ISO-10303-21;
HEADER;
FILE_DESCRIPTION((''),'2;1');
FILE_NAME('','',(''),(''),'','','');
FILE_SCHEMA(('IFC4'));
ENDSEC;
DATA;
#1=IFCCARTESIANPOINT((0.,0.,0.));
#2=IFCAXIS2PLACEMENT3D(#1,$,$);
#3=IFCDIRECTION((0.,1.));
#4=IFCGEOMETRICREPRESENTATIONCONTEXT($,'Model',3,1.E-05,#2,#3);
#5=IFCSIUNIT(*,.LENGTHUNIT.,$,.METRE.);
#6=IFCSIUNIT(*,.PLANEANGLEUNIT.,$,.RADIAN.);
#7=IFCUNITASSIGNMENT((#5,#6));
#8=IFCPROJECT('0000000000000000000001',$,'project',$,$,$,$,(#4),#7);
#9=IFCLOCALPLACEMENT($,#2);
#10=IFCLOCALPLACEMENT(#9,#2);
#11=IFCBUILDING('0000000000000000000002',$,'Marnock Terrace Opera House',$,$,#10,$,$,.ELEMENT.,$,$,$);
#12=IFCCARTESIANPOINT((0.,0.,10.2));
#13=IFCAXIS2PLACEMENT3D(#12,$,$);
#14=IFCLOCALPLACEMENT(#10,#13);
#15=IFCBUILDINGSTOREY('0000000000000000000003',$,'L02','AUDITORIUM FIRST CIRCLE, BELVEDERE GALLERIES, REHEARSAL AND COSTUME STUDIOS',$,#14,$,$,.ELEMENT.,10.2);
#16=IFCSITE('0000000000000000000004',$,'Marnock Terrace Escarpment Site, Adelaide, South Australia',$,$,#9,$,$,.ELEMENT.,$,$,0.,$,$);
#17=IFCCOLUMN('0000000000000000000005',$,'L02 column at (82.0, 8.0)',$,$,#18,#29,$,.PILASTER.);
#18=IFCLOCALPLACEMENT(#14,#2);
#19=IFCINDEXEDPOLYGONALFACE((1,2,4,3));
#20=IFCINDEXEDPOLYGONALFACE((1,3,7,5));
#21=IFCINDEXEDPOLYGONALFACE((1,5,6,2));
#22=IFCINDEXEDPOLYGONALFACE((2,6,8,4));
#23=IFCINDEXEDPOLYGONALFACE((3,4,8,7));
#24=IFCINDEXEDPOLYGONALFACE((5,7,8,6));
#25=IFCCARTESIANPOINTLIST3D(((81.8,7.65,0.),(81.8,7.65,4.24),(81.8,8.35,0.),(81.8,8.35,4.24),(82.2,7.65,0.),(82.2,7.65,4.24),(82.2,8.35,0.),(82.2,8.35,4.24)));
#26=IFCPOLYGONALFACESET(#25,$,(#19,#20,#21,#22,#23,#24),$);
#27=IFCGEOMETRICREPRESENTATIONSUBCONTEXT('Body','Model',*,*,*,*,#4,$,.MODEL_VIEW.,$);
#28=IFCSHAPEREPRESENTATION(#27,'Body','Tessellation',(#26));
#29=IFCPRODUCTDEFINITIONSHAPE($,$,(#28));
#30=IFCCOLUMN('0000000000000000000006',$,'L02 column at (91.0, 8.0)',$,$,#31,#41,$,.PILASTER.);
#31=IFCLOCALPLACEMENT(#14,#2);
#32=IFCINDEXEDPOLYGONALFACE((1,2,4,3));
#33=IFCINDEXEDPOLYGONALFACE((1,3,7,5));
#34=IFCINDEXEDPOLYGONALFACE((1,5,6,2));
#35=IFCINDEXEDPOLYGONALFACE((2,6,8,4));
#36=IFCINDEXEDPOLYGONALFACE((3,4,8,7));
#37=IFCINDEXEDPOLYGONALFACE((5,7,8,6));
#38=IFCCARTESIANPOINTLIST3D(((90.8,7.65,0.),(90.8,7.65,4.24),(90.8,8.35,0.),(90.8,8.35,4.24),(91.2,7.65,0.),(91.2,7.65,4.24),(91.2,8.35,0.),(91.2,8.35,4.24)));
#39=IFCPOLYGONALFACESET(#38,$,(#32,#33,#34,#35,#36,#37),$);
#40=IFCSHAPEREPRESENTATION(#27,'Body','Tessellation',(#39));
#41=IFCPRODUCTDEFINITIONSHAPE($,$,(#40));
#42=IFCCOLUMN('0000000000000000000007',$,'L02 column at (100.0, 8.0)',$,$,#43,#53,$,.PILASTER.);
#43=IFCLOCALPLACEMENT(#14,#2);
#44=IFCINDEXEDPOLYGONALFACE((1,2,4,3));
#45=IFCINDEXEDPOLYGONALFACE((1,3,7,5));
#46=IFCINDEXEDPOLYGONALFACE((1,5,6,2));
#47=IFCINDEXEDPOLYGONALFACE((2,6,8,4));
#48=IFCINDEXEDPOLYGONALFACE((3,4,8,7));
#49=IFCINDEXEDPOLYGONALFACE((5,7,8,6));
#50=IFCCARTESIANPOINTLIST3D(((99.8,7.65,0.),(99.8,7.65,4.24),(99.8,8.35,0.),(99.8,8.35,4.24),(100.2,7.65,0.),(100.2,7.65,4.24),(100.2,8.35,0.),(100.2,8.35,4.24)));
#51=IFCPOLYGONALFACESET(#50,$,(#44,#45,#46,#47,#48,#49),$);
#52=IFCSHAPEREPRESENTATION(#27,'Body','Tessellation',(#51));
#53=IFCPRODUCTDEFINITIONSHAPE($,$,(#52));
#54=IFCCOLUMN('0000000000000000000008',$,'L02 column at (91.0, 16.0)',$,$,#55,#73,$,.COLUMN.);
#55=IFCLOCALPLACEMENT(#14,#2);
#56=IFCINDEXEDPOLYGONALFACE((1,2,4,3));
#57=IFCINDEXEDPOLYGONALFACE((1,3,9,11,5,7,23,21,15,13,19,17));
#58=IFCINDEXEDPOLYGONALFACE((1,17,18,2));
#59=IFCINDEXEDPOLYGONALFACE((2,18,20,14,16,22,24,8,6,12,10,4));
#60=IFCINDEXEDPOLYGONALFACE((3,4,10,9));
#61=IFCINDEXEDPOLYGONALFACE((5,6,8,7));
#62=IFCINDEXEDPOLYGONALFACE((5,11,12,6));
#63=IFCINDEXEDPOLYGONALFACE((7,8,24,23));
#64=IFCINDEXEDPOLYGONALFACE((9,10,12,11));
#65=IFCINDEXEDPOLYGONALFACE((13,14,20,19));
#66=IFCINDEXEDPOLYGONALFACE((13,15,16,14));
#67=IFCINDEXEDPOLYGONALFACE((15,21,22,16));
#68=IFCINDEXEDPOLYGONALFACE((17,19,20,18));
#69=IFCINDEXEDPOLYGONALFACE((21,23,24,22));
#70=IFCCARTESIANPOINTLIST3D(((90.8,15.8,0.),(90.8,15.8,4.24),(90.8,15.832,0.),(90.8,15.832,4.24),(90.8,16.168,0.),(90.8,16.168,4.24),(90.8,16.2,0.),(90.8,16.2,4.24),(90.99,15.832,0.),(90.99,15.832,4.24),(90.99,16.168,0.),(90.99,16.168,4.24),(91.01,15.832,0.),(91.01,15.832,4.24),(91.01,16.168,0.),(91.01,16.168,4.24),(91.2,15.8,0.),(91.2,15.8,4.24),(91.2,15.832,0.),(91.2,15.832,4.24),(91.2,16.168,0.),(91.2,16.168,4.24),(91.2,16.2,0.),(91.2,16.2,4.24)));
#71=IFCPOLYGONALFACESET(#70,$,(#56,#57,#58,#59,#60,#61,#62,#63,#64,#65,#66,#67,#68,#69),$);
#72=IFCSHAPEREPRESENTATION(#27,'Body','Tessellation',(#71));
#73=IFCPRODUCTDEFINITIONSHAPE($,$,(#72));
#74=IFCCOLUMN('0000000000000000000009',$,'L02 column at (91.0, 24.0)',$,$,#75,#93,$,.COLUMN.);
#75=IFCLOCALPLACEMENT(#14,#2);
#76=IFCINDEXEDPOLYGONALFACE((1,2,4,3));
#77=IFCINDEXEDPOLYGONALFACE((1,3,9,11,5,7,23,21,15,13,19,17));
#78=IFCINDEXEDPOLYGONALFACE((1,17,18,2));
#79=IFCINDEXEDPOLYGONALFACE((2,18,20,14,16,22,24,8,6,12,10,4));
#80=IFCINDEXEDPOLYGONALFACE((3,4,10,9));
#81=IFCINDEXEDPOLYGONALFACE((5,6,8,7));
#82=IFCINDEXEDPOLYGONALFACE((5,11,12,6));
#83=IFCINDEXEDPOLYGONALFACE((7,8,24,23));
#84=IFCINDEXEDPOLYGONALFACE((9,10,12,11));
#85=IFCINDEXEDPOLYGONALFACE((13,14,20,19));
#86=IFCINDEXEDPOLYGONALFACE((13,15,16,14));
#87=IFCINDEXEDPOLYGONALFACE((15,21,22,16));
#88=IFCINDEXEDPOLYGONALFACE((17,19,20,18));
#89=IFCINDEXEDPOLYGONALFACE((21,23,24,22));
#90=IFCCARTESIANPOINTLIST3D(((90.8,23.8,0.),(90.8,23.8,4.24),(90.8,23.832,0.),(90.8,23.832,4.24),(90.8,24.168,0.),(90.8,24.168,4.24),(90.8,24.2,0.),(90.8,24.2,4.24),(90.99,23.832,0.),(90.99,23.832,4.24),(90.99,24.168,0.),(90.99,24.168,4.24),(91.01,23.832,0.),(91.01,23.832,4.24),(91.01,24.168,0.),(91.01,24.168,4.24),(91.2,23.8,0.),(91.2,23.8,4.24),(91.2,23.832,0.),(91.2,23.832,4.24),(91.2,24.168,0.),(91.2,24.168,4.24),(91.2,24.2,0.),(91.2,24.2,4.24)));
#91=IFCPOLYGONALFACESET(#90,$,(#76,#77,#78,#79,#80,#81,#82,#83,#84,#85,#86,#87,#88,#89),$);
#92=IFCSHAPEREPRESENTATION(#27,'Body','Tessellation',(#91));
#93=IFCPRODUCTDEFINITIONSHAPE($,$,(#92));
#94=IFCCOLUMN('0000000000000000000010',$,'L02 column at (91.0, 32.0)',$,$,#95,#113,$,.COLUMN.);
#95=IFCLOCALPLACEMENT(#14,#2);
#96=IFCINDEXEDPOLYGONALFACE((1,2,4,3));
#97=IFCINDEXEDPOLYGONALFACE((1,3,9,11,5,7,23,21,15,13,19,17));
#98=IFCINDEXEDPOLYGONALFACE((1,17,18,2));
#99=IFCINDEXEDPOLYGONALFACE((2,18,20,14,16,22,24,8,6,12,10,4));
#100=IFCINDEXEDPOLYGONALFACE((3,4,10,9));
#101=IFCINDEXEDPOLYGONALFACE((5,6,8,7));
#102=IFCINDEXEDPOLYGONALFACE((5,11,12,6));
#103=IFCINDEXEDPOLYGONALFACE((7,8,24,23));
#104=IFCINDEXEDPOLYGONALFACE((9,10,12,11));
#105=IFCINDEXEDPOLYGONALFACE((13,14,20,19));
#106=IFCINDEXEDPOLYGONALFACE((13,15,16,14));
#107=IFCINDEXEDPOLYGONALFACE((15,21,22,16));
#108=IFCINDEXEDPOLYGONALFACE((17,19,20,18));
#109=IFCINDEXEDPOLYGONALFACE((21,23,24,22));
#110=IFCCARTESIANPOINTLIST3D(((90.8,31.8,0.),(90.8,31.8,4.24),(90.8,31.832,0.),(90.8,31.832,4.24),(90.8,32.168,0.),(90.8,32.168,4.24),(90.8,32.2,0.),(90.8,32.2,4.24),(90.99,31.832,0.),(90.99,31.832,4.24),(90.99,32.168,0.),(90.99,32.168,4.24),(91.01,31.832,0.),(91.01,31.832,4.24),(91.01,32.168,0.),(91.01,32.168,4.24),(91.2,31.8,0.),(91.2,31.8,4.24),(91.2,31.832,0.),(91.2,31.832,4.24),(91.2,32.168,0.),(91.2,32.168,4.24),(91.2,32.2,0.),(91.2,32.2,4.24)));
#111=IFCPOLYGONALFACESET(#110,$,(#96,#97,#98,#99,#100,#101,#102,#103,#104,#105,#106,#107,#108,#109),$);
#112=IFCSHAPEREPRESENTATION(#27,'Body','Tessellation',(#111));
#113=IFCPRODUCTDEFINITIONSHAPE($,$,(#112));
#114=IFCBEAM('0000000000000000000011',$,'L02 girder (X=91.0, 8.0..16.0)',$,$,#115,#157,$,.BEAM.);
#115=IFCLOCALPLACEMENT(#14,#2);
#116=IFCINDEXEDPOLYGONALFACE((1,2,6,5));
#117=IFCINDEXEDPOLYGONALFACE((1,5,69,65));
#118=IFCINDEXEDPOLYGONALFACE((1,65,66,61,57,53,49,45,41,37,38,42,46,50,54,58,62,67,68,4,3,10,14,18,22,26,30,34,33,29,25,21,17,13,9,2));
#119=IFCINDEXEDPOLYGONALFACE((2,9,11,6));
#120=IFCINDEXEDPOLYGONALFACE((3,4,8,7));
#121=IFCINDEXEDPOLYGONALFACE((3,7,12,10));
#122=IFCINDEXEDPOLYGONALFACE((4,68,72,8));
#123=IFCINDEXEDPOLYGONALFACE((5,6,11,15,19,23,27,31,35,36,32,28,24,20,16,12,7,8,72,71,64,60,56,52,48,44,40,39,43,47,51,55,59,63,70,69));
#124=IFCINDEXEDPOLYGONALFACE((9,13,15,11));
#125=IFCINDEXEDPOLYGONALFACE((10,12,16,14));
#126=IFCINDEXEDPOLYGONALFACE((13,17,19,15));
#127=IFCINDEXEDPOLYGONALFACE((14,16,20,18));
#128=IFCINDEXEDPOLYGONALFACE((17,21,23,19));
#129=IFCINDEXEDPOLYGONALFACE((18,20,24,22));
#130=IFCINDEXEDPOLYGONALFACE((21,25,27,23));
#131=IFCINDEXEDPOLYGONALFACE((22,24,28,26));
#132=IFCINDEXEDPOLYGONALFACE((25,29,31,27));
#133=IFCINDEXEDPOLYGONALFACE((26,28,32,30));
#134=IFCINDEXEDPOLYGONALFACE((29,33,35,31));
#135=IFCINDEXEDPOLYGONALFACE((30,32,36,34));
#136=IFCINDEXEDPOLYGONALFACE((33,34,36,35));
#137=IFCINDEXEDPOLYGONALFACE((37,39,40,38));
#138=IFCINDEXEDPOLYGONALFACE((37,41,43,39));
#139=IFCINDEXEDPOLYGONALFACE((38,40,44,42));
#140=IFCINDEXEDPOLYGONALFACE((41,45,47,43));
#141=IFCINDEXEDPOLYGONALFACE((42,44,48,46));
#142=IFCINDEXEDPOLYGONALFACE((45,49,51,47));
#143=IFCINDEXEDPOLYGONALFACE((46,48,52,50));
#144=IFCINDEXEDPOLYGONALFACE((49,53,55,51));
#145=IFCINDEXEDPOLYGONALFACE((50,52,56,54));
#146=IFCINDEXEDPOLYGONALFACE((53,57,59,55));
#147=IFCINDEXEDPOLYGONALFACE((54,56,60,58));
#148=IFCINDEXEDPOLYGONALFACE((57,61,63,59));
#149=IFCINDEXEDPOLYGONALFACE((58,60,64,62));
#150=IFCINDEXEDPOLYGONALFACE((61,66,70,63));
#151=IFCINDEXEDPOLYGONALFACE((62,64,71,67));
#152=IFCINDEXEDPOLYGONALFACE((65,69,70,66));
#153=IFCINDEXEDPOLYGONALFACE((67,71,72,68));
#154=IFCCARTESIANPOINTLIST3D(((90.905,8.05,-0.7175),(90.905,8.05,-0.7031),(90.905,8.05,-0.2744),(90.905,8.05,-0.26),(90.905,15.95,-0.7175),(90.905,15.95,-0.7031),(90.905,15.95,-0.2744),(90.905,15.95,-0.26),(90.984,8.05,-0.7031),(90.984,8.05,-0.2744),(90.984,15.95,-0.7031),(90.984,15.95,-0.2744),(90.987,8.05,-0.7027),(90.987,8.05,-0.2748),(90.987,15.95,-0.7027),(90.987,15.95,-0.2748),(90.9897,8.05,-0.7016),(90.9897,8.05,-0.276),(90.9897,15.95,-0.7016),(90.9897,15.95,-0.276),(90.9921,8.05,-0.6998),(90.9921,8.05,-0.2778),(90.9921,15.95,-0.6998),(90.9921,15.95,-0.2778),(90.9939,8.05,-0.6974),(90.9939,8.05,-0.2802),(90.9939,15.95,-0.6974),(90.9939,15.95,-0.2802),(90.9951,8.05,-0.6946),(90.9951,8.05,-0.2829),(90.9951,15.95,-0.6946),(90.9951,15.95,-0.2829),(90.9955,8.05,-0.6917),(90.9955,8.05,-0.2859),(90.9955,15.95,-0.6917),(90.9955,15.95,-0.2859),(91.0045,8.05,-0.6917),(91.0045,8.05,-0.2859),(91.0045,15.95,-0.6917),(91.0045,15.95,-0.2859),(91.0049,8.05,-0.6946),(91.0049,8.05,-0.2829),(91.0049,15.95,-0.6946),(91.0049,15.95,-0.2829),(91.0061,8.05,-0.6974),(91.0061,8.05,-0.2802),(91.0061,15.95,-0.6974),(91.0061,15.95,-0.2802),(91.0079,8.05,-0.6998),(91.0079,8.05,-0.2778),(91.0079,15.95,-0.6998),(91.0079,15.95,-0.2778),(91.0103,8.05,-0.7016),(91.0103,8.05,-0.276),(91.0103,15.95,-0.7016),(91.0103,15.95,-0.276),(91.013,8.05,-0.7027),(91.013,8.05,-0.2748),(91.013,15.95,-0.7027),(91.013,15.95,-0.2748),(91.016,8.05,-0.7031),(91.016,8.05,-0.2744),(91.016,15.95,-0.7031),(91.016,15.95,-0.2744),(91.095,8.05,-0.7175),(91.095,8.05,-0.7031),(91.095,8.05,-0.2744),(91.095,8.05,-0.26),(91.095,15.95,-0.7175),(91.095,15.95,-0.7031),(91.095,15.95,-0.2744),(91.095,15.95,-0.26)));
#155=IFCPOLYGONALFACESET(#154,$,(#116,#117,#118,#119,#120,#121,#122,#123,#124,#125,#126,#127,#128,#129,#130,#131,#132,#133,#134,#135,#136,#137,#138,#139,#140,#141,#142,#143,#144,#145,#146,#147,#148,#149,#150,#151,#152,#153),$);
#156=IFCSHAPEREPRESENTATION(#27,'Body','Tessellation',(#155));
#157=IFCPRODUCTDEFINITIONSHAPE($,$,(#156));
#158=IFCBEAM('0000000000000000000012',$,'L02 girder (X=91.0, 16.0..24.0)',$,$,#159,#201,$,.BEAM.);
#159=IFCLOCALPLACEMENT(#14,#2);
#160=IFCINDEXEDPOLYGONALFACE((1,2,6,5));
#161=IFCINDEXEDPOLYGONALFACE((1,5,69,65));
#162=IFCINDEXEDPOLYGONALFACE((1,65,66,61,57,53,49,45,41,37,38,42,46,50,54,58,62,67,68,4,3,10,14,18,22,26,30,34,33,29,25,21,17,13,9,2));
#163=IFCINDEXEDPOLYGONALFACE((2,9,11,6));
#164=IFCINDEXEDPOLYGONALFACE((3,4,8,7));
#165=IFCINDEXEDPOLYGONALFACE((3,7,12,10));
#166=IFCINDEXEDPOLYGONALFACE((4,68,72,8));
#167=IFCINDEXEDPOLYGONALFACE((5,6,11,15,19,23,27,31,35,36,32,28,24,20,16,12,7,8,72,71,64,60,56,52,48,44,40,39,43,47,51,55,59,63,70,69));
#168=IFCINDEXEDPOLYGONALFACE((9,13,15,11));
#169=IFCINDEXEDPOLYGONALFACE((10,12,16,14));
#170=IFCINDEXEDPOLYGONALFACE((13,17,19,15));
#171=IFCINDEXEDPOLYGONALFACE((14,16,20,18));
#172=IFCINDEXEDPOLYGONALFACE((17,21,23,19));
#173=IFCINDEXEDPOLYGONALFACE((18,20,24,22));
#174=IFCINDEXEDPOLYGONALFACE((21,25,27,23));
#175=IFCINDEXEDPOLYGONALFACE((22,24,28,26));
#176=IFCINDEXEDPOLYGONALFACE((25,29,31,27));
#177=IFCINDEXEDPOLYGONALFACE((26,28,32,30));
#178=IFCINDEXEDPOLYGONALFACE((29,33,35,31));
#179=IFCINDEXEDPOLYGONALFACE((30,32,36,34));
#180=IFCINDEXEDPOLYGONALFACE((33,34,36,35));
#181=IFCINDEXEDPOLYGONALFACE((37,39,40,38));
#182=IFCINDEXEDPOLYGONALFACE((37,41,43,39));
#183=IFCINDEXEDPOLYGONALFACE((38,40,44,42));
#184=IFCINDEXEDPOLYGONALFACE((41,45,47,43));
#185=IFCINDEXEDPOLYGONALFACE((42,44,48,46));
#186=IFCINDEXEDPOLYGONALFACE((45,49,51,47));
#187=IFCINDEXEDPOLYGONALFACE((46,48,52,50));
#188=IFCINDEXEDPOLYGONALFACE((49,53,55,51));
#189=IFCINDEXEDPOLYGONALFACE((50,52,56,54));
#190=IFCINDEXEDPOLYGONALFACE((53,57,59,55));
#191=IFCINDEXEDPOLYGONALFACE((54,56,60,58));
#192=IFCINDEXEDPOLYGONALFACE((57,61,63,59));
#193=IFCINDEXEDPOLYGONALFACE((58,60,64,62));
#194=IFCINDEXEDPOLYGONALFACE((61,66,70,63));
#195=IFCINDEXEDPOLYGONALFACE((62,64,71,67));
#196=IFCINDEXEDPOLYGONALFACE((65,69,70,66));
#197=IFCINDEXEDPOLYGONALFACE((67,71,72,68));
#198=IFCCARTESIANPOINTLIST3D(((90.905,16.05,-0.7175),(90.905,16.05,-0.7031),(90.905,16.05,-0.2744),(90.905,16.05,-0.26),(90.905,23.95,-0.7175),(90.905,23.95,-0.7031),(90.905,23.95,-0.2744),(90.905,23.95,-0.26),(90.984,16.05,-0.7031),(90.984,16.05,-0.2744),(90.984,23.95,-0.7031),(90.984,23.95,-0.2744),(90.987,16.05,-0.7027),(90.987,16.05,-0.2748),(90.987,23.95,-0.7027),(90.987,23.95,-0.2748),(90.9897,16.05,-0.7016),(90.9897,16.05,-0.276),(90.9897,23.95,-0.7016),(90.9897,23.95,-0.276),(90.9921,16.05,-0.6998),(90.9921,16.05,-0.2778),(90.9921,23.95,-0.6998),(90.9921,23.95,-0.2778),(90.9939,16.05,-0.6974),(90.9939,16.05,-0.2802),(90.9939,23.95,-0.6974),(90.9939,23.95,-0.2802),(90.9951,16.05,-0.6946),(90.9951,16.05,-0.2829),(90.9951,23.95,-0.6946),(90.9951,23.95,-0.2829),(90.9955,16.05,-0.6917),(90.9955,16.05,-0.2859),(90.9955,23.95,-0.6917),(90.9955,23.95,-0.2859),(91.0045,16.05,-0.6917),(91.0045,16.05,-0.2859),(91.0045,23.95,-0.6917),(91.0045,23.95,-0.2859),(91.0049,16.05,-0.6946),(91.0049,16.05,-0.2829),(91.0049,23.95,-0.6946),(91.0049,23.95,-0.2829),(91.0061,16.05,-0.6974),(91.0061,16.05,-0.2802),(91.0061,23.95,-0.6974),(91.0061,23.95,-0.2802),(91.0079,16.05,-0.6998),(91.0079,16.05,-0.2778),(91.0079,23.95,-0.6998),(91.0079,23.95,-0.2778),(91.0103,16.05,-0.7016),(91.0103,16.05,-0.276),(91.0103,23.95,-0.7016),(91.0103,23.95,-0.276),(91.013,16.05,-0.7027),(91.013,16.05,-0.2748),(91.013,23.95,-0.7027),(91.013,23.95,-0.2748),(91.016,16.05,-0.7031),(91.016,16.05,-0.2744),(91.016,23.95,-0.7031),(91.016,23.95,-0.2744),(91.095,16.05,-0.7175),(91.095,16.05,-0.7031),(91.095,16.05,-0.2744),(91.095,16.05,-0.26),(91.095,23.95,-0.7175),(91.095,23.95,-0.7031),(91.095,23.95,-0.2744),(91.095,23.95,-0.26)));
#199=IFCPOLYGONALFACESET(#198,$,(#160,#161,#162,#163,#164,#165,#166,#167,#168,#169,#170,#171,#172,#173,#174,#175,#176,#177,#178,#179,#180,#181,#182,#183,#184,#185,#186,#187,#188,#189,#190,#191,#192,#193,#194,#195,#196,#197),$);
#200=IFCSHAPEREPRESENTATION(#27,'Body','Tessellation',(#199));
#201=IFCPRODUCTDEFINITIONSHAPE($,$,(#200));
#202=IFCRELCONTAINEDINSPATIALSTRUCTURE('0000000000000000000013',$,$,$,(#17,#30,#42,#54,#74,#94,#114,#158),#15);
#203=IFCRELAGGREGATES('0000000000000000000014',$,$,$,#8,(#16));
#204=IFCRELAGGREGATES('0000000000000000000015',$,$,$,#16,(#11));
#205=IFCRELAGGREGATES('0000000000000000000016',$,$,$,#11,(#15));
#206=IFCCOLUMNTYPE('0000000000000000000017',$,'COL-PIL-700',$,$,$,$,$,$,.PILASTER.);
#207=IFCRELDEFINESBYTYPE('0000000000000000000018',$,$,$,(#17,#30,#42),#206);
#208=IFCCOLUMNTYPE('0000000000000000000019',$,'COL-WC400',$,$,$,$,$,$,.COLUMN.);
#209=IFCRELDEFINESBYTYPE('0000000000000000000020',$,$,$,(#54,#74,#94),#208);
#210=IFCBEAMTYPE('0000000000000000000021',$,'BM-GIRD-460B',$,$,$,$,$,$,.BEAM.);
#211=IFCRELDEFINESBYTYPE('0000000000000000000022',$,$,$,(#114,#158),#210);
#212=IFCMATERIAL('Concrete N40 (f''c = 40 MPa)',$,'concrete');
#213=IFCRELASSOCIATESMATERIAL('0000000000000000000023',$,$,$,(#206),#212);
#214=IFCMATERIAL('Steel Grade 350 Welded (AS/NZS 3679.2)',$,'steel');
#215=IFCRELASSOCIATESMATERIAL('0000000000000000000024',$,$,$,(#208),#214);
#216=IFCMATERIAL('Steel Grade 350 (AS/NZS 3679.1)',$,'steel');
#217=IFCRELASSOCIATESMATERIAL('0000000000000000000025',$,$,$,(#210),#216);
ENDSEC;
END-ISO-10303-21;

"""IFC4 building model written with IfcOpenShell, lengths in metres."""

from ifc_helpers import new_model, si_unit, direction, frame, origin, origin_2d, place, context, subcontext, project, spatial, rectangle, i_section, extrude, material, material_profile, profile_set, type_object, element, save


model = new_model("IFC4")

# Units and contexts
model_context = context("Model", 3, precision=1e-05, world=origin(), true_north=direction((0.0, 1.0)))
body_context = subcontext(model_context, "Body", "Model", "MODEL_VIEW")
ifc_project = project(units=[si_unit("LENGTHUNIT", "METRE"), si_unit("PLANEANGLEUNIT", "RADIAN")], contexts=[model_context])

# Site, building, storey
site_placement = place(None, origin())
site = spatial("IfcSite", under=ifc_project, at=site_placement, Name="Marnock Terrace Escarpment Site, Adelaide, South Australia", CompositionType="ELEMENT", RefElevation=0.0)
building_placement = place(site_placement, origin())
building = spatial("IfcBuilding", under=site, at=building_placement, Name="Marnock Terrace Opera House", CompositionType="ELEMENT")
storey_placement = place(building_placement, frame((0.0, 0.0, 10.2)))
storey = spatial("IfcBuildingStorey", under=building, at=storey_placement, Name="L02", Description="AUDITORIUM FIRST CIRCLE, BELVEDERE GALLERIES, REHEARSAL AND COSTUME STUDIOS", CompositionType="ELEMENT", Elevation=10.2)

# Columns
ifc_material_1 = material(Name="Concrete N40 (f'c = 40 MPa)", Category="concrete")
ifc_material_profile_1 = material_profile(ifc_material_1, rectangle(XDim=0.3999, YDim=0.7, at=origin_2d()))
ifc_profile_set_1 = profile_set([ifc_material_profile_1], Name="Concrete N40 (f'c = 40 MPa)")
column_type_1 = type_object("IfcColumnType", Name="COL-PIL-700", PredefinedType="PILASTER", material=ifc_profile_set_1)
for number, where, z_axis, x_axis, name in (
    (1, (82.0, 8.0, 0.0), (0.0, 0.0, 1.0), (1.0, 0.0, 0.0), "L02 column at (82.0, 8.0)"),
    (2, (91.0, 8.0, 0.0), (0.0, 0.0, 1.0), (1.0, 0.0, 0.0), "L02 column at (91.0, 8.0)"),
    (3, (100.0, 8.0, 0.0), (0.0, 0.0, 1.0), (1.0, 0.0, 0.0), "L02 column at (100.0, 8.0)"),
):
    element("IfcColumn", number, at=place(storey_placement, frame(where, z_axis=z_axis, x_axis=x_axis)), inside=storey, type_object=column_type_1, Name=name, PredefinedType="PILASTER", context=body_context, shape_type="SweptSolid", body=[
        extrude(rectangle(XDim=0.3999, YDim=0.7, at=origin_2d()), origin(), (0.0, 0.0, 1.0), 4.24),
    ])
ifc_material_2 = material(Name="Steel Grade 350 Welded (AS/NZS 3679.2)", Category="steel")
ifc_material_profile_2 = material_profile(ifc_material_2, i_section(OverallWidth=0.3999, OverallDepth=0.3999, WebThickness=0.02, FlangeThickness=0.032, at=origin_2d()))
ifc_profile_set_2 = profile_set([ifc_material_profile_2], Name="Steel Grade 350 Welded (AS/NZS 3679.2)")
column_type_2 = type_object("IfcColumnType", Name="COL-WC400", PredefinedType="COLUMN", material=ifc_profile_set_2)
for number, where, z_axis, x_axis, name in (
    (4, (91.0, 16.0, 0.0), (0.0, 0.0, 1.0), (1.0, 0.0, 0.0), "L02 column at (91.0, 16.0)"),
    (5, (91.0, 24.0, 0.0), (0.0, 0.0, 1.0), (1.0, 0.0, 0.0), "L02 column at (91.0, 24.0)"),
    (6, (91.0, 32.0, 0.0), (0.0, 0.0, 1.0), (1.0, 0.0, 0.0), "L02 column at (91.0, 32.0)"),
):
    element("IfcColumn", number, at=place(storey_placement, frame(where, z_axis=z_axis, x_axis=x_axis)), inside=storey, type_object=column_type_2, Name=name, PredefinedType="COLUMN", context=body_context, shape_type="SweptSolid", body=[
        extrude(i_section(OverallWidth=0.3999, OverallDepth=0.3999, WebThickness=0.02, FlangeThickness=0.032, at=origin_2d()), origin(), (0.0, 0.0, 1.0), 4.24),
    ])

# Beams
ifc_material_3 = material(Name="Steel Grade 350 (AS/NZS 3679.1)", Category="steel")
ifc_material_profile_3 = material_profile(ifc_material_3, i_section(OverallWidth=0.1899, OverallDepth=0.4575, WebThickness=0.009, FlangeThickness=0.0144, FilletRadius=0.0115, at=origin_2d()))
ifc_profile_set_3 = profile_set([ifc_material_profile_3], Name="Steel Grade 350 (AS/NZS 3679.1)")
beam_type_1 = type_object("IfcBeamType", Name="BM-GIRD-460B", PredefinedType="BEAM", material=ifc_profile_set_3)
for number, where, z_axis, x_axis, name in (
    (7, (91.0, 8.05, -0.4888), (0.0, 1.0, 0.0), (-1.0, 0.0, 0.0), "L02 girder (X=91.0, 8.0..16.0)"),
    (8, (91.0, 16.05, -0.4888), (0.0, 1.0, 0.0), (-1.0, 0.0, 0.0), "L02 girder (X=91.0, 16.0..24.0)"),
):
    element("IfcBeam", number, at=place(storey_placement, frame(where, z_axis=z_axis, x_axis=x_axis)), inside=storey, type_object=beam_type_1, Name=name, PredefinedType="BEAM", context=body_context, shape_type="SweptSolid", body=[
        extrude(i_section(OverallWidth=0.1899, OverallDepth=0.4575, WebThickness=0.009, FlangeThickness=0.0144, FilletRadius=0.0115, at=origin_2d()), origin(), (0.0, 0.0, 1.0), 7.8999),
    ])

save(model, "model.ifc")
